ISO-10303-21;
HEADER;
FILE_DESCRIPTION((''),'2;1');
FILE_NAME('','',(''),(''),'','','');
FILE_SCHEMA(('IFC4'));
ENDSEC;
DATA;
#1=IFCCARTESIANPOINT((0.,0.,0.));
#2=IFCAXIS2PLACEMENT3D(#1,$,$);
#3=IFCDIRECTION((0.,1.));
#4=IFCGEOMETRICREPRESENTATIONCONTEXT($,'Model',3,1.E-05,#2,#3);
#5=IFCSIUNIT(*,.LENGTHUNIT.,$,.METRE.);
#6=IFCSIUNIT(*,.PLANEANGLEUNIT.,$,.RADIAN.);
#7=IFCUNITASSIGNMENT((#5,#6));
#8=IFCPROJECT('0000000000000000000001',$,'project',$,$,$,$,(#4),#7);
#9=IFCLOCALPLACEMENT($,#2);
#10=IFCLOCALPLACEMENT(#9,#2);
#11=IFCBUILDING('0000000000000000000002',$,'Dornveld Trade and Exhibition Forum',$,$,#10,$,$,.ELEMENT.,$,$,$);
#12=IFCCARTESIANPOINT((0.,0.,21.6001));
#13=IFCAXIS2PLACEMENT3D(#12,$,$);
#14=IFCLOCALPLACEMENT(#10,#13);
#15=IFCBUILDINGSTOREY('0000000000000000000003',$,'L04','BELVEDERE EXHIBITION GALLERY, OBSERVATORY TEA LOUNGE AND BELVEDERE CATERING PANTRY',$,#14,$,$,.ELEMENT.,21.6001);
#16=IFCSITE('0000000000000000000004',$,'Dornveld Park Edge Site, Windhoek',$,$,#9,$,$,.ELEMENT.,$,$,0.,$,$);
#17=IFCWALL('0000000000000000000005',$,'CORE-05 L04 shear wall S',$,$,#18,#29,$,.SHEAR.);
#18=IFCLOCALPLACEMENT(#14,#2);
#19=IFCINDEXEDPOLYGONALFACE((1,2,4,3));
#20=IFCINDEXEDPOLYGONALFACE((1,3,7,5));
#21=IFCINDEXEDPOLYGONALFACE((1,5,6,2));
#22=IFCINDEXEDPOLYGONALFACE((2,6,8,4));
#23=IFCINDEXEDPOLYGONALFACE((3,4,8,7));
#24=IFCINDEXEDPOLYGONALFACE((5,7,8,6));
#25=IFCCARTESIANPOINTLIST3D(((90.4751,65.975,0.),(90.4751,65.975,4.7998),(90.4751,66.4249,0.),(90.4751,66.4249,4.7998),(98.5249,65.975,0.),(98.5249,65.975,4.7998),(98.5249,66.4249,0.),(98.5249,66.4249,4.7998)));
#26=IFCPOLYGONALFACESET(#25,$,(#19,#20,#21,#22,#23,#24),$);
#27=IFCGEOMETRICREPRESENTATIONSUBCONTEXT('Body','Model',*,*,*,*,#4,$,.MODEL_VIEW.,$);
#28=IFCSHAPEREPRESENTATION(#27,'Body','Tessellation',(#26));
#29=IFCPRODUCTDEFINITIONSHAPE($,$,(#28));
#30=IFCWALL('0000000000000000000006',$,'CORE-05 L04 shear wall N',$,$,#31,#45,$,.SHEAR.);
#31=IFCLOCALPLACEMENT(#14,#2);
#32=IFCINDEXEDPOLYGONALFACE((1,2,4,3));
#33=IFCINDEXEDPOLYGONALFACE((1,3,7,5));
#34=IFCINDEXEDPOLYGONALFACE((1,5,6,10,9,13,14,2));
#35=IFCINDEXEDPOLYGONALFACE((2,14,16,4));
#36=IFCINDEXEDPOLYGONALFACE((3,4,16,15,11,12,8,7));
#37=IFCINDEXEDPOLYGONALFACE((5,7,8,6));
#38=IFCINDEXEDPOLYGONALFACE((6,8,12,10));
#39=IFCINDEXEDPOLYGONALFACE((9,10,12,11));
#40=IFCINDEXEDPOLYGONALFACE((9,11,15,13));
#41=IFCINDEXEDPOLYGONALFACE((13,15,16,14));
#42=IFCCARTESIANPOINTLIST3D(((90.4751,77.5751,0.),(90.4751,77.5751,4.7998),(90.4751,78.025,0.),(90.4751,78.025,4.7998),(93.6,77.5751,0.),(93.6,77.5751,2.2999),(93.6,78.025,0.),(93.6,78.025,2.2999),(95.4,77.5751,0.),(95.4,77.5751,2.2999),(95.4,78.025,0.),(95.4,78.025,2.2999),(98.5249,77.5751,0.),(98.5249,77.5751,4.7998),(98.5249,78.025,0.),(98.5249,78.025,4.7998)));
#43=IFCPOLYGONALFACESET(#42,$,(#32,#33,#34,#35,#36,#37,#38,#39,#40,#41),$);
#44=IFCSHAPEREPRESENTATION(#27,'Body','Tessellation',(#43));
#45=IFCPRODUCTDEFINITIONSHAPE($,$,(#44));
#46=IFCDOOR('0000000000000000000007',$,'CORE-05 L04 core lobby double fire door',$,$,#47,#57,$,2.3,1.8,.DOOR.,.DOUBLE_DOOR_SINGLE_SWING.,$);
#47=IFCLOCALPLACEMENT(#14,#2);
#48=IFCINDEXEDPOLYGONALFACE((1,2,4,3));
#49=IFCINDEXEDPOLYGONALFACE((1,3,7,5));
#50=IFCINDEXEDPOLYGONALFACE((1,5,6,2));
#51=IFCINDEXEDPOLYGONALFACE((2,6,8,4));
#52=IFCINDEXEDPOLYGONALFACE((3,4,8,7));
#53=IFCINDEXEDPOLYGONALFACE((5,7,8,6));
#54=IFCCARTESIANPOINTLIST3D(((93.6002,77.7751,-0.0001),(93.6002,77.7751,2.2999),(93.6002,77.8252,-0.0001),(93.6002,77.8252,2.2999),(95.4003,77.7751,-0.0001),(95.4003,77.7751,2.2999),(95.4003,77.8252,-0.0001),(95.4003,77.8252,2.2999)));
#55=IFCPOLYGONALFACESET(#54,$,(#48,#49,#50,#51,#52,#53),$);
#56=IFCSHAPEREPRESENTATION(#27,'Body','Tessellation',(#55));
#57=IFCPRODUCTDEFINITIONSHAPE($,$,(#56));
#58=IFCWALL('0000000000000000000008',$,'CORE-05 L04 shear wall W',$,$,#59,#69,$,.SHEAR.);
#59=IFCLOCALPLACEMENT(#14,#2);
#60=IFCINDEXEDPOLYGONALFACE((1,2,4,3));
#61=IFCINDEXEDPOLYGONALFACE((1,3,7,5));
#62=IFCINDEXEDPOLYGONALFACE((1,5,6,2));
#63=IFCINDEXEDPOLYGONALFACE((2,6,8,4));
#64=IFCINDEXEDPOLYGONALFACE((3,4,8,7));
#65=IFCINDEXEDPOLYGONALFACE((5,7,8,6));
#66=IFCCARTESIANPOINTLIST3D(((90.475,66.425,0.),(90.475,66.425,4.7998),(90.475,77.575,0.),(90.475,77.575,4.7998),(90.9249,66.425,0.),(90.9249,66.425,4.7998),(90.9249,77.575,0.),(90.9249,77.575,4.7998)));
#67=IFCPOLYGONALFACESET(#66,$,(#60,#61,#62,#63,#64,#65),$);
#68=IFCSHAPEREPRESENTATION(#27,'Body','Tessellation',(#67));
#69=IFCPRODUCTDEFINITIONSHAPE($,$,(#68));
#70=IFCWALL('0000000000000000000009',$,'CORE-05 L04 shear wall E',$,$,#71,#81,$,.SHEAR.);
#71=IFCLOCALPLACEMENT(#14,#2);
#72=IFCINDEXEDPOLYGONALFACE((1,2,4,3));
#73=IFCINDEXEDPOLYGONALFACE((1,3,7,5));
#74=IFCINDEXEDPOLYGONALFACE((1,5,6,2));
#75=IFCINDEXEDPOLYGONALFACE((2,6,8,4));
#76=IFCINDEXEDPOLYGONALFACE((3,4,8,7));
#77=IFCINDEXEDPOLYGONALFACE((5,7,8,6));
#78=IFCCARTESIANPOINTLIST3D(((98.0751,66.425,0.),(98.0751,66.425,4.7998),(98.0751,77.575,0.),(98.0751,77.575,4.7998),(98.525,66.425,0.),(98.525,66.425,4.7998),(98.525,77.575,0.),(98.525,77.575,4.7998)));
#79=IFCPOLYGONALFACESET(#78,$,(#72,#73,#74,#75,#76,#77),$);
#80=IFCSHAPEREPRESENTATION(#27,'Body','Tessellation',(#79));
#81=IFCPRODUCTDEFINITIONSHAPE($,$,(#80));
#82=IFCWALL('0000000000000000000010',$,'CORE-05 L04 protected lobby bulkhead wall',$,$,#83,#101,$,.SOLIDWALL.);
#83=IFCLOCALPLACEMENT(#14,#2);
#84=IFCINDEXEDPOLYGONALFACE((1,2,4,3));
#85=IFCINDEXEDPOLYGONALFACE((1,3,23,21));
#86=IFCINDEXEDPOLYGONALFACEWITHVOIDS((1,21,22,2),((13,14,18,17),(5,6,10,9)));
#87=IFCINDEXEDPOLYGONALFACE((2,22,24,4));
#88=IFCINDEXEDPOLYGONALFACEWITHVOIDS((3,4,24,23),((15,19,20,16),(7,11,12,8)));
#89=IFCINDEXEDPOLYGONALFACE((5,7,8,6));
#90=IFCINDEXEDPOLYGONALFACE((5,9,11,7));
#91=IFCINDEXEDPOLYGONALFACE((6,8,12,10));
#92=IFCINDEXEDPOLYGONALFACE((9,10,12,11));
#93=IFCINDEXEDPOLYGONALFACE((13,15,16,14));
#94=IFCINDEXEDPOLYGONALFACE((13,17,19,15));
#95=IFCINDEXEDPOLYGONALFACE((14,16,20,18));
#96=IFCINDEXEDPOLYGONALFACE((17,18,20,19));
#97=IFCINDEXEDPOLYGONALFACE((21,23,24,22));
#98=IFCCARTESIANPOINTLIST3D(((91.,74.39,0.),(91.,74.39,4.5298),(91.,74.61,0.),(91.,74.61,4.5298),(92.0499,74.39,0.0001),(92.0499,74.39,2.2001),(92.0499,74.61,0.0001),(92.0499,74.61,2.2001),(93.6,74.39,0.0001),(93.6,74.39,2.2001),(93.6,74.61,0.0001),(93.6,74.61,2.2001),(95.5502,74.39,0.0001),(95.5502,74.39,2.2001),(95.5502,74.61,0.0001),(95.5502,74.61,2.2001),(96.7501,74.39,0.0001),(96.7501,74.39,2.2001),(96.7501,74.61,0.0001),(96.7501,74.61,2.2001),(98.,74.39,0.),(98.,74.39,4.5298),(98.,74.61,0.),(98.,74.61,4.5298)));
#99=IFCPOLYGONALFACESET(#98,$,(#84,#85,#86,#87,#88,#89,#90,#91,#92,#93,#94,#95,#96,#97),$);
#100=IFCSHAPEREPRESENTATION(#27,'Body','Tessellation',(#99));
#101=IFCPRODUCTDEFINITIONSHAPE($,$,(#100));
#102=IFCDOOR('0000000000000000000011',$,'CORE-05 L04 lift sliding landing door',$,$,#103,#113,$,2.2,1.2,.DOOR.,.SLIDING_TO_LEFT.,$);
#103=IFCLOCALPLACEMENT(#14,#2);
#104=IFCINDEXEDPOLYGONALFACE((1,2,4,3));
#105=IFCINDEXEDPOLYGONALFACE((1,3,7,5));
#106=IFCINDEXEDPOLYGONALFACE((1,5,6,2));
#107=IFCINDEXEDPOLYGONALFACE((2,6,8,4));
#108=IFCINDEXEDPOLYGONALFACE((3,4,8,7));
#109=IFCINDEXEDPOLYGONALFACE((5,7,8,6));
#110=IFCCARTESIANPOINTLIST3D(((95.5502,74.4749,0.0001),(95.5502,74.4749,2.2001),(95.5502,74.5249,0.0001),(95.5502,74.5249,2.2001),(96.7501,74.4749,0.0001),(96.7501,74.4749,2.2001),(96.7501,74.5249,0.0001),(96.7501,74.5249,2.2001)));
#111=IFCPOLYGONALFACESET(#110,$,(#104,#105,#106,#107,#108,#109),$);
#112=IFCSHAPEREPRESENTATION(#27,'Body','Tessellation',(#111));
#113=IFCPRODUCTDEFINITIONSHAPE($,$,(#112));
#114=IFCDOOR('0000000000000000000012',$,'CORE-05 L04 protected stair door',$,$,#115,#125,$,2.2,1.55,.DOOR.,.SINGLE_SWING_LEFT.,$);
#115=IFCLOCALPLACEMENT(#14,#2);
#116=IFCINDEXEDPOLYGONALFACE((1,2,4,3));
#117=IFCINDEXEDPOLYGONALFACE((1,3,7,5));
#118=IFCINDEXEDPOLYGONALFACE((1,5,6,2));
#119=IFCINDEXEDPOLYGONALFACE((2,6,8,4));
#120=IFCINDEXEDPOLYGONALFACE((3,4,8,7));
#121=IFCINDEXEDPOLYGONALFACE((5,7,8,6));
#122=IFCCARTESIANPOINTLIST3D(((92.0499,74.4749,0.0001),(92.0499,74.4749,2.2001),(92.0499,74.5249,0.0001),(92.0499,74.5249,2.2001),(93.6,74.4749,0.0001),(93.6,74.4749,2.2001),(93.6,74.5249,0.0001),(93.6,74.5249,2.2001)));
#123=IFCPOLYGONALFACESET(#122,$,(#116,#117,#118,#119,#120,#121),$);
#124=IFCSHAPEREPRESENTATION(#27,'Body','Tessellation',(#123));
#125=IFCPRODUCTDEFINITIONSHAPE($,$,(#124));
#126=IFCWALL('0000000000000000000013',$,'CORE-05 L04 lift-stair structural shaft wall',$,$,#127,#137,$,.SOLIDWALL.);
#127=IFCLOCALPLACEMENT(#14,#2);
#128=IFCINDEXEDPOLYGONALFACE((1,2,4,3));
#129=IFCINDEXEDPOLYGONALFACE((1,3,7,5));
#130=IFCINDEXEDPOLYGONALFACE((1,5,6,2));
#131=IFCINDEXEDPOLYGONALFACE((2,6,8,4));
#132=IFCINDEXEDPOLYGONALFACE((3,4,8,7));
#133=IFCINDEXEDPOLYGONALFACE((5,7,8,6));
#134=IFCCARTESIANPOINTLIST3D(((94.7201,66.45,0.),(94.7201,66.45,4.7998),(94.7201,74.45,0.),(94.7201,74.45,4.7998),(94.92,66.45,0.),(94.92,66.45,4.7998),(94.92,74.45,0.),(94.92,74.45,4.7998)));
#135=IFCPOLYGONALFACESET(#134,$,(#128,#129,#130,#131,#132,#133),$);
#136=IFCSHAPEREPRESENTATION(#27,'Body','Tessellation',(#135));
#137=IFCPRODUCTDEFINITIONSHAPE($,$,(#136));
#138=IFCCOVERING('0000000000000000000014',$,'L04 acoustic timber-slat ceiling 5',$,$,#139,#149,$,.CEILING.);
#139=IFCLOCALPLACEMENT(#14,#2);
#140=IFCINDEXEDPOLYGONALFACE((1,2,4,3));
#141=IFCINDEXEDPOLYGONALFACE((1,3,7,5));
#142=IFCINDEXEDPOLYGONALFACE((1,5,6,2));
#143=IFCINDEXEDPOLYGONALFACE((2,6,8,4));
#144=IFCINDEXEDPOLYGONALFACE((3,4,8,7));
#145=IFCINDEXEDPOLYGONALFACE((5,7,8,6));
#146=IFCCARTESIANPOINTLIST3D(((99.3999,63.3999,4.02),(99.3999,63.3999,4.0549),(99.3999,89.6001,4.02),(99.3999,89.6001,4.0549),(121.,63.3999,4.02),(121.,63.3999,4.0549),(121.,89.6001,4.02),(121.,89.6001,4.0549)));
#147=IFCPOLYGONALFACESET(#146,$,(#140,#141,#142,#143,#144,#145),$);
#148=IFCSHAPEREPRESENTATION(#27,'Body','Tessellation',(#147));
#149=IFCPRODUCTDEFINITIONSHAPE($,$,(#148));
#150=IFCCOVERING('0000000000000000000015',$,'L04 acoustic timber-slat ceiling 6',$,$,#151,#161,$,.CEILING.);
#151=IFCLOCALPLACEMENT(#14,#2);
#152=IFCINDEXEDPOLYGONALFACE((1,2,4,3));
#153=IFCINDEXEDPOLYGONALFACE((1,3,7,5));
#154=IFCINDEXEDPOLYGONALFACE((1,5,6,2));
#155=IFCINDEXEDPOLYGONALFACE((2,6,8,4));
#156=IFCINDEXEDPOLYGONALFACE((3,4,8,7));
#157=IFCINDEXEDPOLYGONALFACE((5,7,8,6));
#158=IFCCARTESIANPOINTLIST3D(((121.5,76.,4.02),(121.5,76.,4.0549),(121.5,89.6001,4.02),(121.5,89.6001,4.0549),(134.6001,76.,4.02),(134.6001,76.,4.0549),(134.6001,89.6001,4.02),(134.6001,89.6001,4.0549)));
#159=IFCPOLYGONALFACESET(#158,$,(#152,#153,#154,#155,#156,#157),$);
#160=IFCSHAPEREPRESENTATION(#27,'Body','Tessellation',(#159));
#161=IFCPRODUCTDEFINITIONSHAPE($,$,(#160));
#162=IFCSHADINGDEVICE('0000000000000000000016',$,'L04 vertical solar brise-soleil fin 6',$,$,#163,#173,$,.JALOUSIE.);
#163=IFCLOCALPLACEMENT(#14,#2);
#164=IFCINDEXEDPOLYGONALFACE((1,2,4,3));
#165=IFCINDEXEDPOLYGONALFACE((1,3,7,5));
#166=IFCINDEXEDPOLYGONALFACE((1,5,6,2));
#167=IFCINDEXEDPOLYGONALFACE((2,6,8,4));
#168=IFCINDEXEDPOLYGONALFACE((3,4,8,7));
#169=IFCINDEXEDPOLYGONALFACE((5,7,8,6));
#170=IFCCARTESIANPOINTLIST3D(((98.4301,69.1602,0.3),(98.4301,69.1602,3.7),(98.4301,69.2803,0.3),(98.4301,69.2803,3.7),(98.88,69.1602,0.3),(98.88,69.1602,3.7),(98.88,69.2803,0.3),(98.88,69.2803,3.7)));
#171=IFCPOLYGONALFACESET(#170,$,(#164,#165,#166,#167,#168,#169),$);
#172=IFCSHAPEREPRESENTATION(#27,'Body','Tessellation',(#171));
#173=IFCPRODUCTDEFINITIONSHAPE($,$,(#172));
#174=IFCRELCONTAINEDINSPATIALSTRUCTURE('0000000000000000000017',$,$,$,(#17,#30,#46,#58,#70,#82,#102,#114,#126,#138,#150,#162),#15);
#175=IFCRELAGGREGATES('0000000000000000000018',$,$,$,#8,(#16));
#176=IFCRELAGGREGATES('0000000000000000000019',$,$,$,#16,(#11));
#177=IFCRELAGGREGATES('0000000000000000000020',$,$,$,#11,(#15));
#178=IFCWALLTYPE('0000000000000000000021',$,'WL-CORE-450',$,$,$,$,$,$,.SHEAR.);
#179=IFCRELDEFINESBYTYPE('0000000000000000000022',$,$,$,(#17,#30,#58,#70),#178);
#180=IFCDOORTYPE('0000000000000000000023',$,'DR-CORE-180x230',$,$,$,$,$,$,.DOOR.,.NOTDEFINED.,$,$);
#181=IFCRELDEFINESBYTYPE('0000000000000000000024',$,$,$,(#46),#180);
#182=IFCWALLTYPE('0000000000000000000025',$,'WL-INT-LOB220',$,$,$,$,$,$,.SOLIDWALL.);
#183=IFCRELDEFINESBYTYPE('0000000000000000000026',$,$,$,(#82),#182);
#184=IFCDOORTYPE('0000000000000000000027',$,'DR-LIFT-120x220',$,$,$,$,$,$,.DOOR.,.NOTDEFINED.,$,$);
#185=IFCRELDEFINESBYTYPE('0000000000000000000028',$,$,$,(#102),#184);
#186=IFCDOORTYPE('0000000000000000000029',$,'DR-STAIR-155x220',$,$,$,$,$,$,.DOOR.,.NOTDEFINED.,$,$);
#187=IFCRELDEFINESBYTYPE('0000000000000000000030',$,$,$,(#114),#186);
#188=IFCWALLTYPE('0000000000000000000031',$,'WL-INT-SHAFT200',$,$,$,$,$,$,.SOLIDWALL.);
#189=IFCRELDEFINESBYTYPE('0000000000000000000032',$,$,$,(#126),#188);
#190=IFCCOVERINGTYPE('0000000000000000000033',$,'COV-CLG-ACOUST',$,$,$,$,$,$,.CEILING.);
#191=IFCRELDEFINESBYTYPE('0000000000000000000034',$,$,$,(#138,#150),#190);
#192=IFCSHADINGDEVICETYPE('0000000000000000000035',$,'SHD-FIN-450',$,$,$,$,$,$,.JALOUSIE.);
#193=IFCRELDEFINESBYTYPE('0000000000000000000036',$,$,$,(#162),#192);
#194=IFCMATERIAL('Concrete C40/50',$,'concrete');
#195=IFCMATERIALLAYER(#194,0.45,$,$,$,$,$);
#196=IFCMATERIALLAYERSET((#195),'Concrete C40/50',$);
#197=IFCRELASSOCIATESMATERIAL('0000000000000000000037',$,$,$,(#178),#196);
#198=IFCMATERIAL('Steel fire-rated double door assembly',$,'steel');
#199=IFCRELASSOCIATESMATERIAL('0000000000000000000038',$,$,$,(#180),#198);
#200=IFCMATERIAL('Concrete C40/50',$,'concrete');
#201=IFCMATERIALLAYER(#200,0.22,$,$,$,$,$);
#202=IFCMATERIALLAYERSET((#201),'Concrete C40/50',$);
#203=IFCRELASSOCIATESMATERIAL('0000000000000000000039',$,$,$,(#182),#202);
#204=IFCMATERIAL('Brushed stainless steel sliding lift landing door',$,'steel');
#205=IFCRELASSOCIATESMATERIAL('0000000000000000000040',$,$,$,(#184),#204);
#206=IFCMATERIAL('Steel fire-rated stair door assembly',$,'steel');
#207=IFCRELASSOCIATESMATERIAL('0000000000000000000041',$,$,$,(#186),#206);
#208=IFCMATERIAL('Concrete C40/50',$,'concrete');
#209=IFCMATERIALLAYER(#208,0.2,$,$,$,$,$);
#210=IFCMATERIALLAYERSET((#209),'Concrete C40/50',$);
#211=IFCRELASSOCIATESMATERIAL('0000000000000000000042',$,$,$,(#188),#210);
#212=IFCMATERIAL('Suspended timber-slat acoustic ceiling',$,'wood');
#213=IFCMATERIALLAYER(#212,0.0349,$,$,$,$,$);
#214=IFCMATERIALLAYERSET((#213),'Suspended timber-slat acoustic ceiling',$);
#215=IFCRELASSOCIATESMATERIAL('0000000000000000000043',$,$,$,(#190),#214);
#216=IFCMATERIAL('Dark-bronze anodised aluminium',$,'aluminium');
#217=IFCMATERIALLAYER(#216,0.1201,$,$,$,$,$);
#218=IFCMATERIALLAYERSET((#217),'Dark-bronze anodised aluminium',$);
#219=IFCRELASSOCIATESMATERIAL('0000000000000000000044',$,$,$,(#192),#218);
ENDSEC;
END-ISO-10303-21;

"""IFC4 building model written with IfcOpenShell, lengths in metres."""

from ifc_helpers import new_model, si_unit, direction, frame, frame_2d, origin, origin_2d, place, context, subcontext, project, spatial, polyline, rectangle, outline, extrude, material, layer, layer_set, type_object, element, fill, save


model = new_model("IFC4")

# Units and contexts
model_context = context("Model", 3, precision=1e-05, world=origin(), true_north=direction((0.0, 1.0)))
body_context = subcontext(model_context, "Body", "Model", "MODEL_VIEW")
ifc_project = project(units=[si_unit("LENGTHUNIT", "METRE"), si_unit("PLANEANGLEUNIT", "RADIAN")], contexts=[model_context])

# Site, building, storey
site_placement = place(None, origin())
site = spatial("IfcSite", under=ifc_project, at=site_placement, Name="Dornveld Park Edge Site, Windhoek", CompositionType="ELEMENT", RefElevation=0.0)
building_placement = place(site_placement, origin())
building = spatial("IfcBuilding", under=site, at=building_placement, Name="Dornveld Trade and Exhibition Forum", CompositionType="ELEMENT")
storey_placement = place(building_placement, frame((0.0, 0.0, 21.6001)))
storey = spatial("IfcBuildingStorey", under=building, at=storey_placement, Name="L04", Description="BELVEDERE EXHIBITION GALLERY, OBSERVATORY TEA LOUNGE AND BELVEDERE CATERING PANTRY", CompositionType="ELEMENT", Elevation=21.6001)

# Wall
ifc_material_1 = material(Name="Concrete C40/50", Category="concrete")
ifc_layer_1 = layer(ifc_material_1, 0.45)
ifc_layer_set_1 = layer_set([ifc_layer_1], Name="Concrete C40/50")
wall_type_1 = type_object("IfcWallType", Name="WL-CORE-450", PredefinedType="SHEAR", material=ifc_layer_set_1)
wall_1_placement = place(storey_placement, frame((90.4751, 66.2, 0.0), z_axis=(0.0, 0.0, 1.0), x_axis=(1.0, 0.0, 0.0)))
element("IfcWall", 1, at=wall_1_placement, inside=storey, type_object=wall_type_1, Name="CORE-05 L04 shear wall S", PredefinedType="SHEAR", context=body_context, shape_type="SweptSolid", body=[
    extrude(rectangle(XDim=8.0498, YDim=0.45, at=frame_2d((4.0249, 0.0))), origin(), (0.0, 0.0, 1.0), 4.7998),
])

# Wall, opening, door
wall_2_placement = place(storey_placement, frame((90.4751, 77.8, 0.0), z_axis=(0.0, 0.0, 1.0), x_axis=(1.0, 0.0, 0.0)))
wall_2 = element("IfcWall", 2, at=wall_2_placement, inside=storey, type_object=wall_type_1, Name="CORE-05 L04 shear wall N", PredefinedType="SHEAR", context=body_context, shape_type="SweptSolid", body=[
    extrude(rectangle(XDim=8.0498, YDim=0.45, at=frame_2d((4.0249, 0.0))), origin(), (0.0, 0.0, 1.0), 4.7998),
])
opening_1_placement = place(wall_2_placement, frame((3.125, 0.0, 0.0)))
opening_1 = element("IfcOpeningElement", 3, at=opening_1_placement, cuts=wall_2, PredefinedType="OPENING", context=body_context, shape_type="SweptSolid", body=[
    extrude(rectangle(XDim=1.8, YDim=2.3, at=frame_2d((0.8999, 1.1499))), frame((0.0, 0.2349, 0.0), z_axis=(0.0, -1.0, 0.0), x_axis=(1.0, 0.0, 0.0)), (0.0, 0.0, 1.0), 0.47),
])
ifc_material_2 = material(Name="Steel fire-rated double door assembly", Category="steel")
door_type_1 = type_object("IfcDoorType", Name="DR-CORE-180x230", OperationType="NOTDEFINED", PredefinedType="DOOR", material=ifc_material_2)
door_1_placement = place(opening_1_placement, frame((1.8, 0.0, 0.0), z_axis=(0.0, 0.0, 1.0), x_axis=(-1.0, 0.0, 0.0)))
door_1 = element("IfcDoor", 4, at=door_1_placement, inside=storey, type_object=door_type_1, Name="CORE-05 L04 core lobby double fire door", OperationType="DOUBLE_DOOR_SINGLE_SWING", OverallHeight=2.3, OverallWidth=1.8, PredefinedType="DOOR", context=body_context, shape_type="SweptSolid", body=[
    extrude(rectangle(XDim=1.8, YDim=2.3, at=frame_2d((0.8999, 1.1499))), frame((0.0, 0.0249, 0.0), z_axis=(0.0, -1.0, 0.0), x_axis=(1.0, 0.0, 0.0)), (0.0, 0.0, 1.0), 0.05),
])
fill(opening_1, door_1)

# Walls
for number, where, z_axis, x_axis, name in (
    (5, (90.7, 66.425, 0.0), (0.0, 0.0, 1.0), (0.0, 1.0, 0.0), "CORE-05 L04 shear wall W"),
    (6, (98.3, 66.425, 0.0), (0.0, 0.0, 1.0), (0.0, 1.0, 0.0), "CORE-05 L04 shear wall E"),
):
    element("IfcWall", number, at=place(storey_placement, frame(where, z_axis=z_axis, x_axis=x_axis)), inside=storey, type_object=wall_type_1, Name=name, PredefinedType="SHEAR", context=body_context, shape_type="SweptSolid", body=[
        extrude(rectangle(XDim=11.1499, YDim=0.45, at=frame_2d((5.575, 0.0))), origin(), (0.0, 0.0, 1.0), 4.7998),
    ])

# Wall, openings, doors
ifc_material_3 = material(Name="Concrete C40/50", Category="concrete")
ifc_layer_2 = layer(ifc_material_3, 0.22)
ifc_layer_set_2 = layer_set([ifc_layer_2], Name="Concrete C40/50")
wall_type_2 = type_object("IfcWallType", Name="WL-INT-LOB220", PredefinedType="SOLIDWALL", material=ifc_layer_set_2)
wall_3_placement = place(storey_placement, frame((91.0, 74.5, 0.0), z_axis=(0.0, 0.0, 1.0), x_axis=(1.0, 0.0, 0.0)))
wall_3 = element("IfcWall", 7, at=wall_3_placement, inside=storey, type_object=wall_type_2, Name="CORE-05 L04 protected lobby bulkhead wall", PredefinedType="SOLIDWALL", context=body_context, shape_type="SweptSolid", body=[
    extrude(rectangle(XDim=7.0, YDim=0.22, at=frame_2d((3.5, 0.0))), origin(), (0.0, 0.0, 1.0), 4.5298),
])
opening_2_placement = place(wall_3_placement, frame((1.05, 0.0, 0.0)))
opening_2 = element("IfcOpeningElement", 8, at=opening_2_placement, cuts=wall_3, PredefinedType="OPENING", context=body_context, shape_type="SweptSolid", body=[
    extrude(rectangle(XDim=1.55, YDim=2.2, at=frame_2d((0.7749, 1.1001))), frame((0.0, 0.1199, 0.0), z_axis=(0.0, -1.0, 0.0), x_axis=(1.0, 0.0, 0.0)), (0.0, 0.0, 1.0), 0.24),
])
opening_3_placement = place(wall_3_placement, frame((4.55, 0.0, 0.0)))
opening_3 = element("IfcOpeningElement", 9, at=opening_3_placement, cuts=wall_3, PredefinedType="OPENING", context=body_context, shape_type="SweptSolid", body=[
    extrude(rectangle(XDim=1.2, YDim=2.2, at=frame_2d((0.6001, 1.1001))), frame((0.0, 0.1199, 0.0), z_axis=(0.0, -1.0, 0.0), x_axis=(1.0, 0.0, 0.0)), (0.0, 0.0, 1.0), 0.24),
])
ifc_material_4 = material(Name="Brushed stainless steel sliding lift landing door", Category="steel")
door_type_2 = type_object("IfcDoorType", Name="DR-LIFT-120x220", OperationType="NOTDEFINED", PredefinedType="DOOR", material=ifc_material_4)
door_2_placement = place(opening_3_placement, origin())
door_2 = element("IfcDoor", 10, at=door_2_placement, inside=storey, type_object=door_type_2, Name="CORE-05 L04 lift sliding landing door", OperationType="SLIDING_TO_LEFT", OverallHeight=2.2, OverallWidth=1.2, PredefinedType="DOOR", context=body_context, shape_type="SweptSolid", body=[
    extrude(rectangle(XDim=1.2, YDim=2.2, at=frame_2d((0.6001, 1.1001))), frame((0.0, 0.0249, 0.0), z_axis=(0.0, -1.0, 0.0), x_axis=(1.0, 0.0, 0.0)), (0.0, 0.0, 1.0), 0.05),
])
fill(opening_3, door_2)
ifc_material_5 = material(Name="Steel fire-rated stair door assembly", Category="steel")
door_type_3 = type_object("IfcDoorType", Name="DR-STAIR-155x220", OperationType="NOTDEFINED", PredefinedType="DOOR", material=ifc_material_5)
door_3_placement = place(opening_2_placement, origin())
door_3 = element("IfcDoor", 11, at=door_3_placement, inside=storey, type_object=door_type_3, Name="CORE-05 L04 protected stair door", OperationType="SINGLE_SWING_LEFT", OverallHeight=2.2, OverallWidth=1.55, PredefinedType="DOOR", context=body_context, shape_type="SweptSolid", body=[
    extrude(rectangle(XDim=1.55, YDim=2.2, at=frame_2d((0.7749, 1.1001))), frame((0.0, 0.0249, 0.0), z_axis=(0.0, -1.0, 0.0), x_axis=(1.0, 0.0, 0.0)), (0.0, 0.0, 1.0), 0.05),
])
fill(opening_2, door_3)

# Wall
ifc_material_6 = material(Name="Concrete C40/50", Category="concrete")
ifc_layer_3 = layer(ifc_material_6, 0.2)
ifc_layer_set_3 = layer_set([ifc_layer_3], Name="Concrete C40/50")
wall_type_3 = type_object("IfcWallType", Name="WL-INT-SHAFT200", PredefinedType="SOLIDWALL", material=ifc_layer_set_3)
wall_4_placement = place(storey_placement, frame((94.8201, 66.45, 0.0), z_axis=(0.0, 0.0, 1.0), x_axis=(0.0, 1.0, 0.0)))
element("IfcWall", 12, at=wall_4_placement, inside=storey, type_object=wall_type_3, Name="CORE-05 L04 lift-stair structural shaft wall", PredefinedType="SOLIDWALL", context=body_context, shape_type="SweptSolid", body=[
    extrude(rectangle(XDim=8.0, YDim=0.2, at=frame_2d((4.0, 0.0))), origin(), (0.0, 0.0, 1.0), 4.7998),
])

# Coverings
ifc_material_7 = material(Name="Suspended timber-slat acoustic ceiling", Category="wood")
ifc_layer_4 = layer(ifc_material_7, 0.0349)
ifc_layer_set_4 = layer_set([ifc_layer_4], Name="Suspended timber-slat acoustic ceiling")
covering_type = type_object("IfcCoveringType", Name="COV-CLG-ACOUST", PredefinedType="CEILING", material=ifc_layer_set_4)
covering_1_placement = place(storey_placement, frame((0.0, 0.0, 4.02)))
element("IfcCovering", 13, at=covering_1_placement, inside=storey, type_object=covering_type, Name="L04 acoustic timber-slat ceiling 5", PredefinedType="CEILING", context=body_context, shape_type="SweptSolid", body=[
    extrude(outline(polyline([(99.3999, 63.3999), (121.0, 63.3999), (121.0, 89.6001), (99.3999, 89.6001), (99.3999, 63.3999)])), origin(), (0.0, 0.0, 1.0), 0.0349),
])
covering_2_placement = place(storey_placement, frame((0.0, 0.0, 4.02)))
element("IfcCovering", 14, at=covering_2_placement, inside=storey, type_object=covering_type, Name="L04 acoustic timber-slat ceiling 6", PredefinedType="CEILING", context=body_context, shape_type="SweptSolid", body=[
    extrude(outline(polyline([(121.5, 76.0), (134.6001, 76.0), (134.6001, 89.6001), (121.5, 89.6001), (121.5, 76.0)])), origin(), (0.0, 0.0, 1.0), 0.0349),
])

# Shading device
ifc_material_8 = material(Name="Dark-bronze anodised aluminium", Category="aluminium")
ifc_layer_5 = layer(ifc_material_8, 0.1201)
ifc_layer_set_5 = layer_set([ifc_layer_5], Name="Dark-bronze anodised aluminium")
shading_device_type = type_object("IfcShadingDeviceType", Name="SHD-FIN-450", PredefinedType="JALOUSIE", material=ifc_layer_set_5)
for number, where, z_axis, x_axis, name in (
    (15, (98.655, 69.2202, 0.3), (0.0, 0.0, 1.0), (0.0, -1.0, 0.0), "L04 vertical solar brise-soleil fin 6"),
):
    element("IfcShadingDevice", number, at=place(storey_placement, frame(where, z_axis=z_axis, x_axis=x_axis)), inside=storey, type_object=shading_device_type, Name=name, PredefinedType="JALOUSIE", context=body_context, shape_type="SweptSolid", body=[
        extrude(rectangle(XDim=0.1201, YDim=0.45, at=origin_2d()), origin(), (0.0, 0.0, 1.0), 3.3999),
    ])

save(model, "model.ifc")
